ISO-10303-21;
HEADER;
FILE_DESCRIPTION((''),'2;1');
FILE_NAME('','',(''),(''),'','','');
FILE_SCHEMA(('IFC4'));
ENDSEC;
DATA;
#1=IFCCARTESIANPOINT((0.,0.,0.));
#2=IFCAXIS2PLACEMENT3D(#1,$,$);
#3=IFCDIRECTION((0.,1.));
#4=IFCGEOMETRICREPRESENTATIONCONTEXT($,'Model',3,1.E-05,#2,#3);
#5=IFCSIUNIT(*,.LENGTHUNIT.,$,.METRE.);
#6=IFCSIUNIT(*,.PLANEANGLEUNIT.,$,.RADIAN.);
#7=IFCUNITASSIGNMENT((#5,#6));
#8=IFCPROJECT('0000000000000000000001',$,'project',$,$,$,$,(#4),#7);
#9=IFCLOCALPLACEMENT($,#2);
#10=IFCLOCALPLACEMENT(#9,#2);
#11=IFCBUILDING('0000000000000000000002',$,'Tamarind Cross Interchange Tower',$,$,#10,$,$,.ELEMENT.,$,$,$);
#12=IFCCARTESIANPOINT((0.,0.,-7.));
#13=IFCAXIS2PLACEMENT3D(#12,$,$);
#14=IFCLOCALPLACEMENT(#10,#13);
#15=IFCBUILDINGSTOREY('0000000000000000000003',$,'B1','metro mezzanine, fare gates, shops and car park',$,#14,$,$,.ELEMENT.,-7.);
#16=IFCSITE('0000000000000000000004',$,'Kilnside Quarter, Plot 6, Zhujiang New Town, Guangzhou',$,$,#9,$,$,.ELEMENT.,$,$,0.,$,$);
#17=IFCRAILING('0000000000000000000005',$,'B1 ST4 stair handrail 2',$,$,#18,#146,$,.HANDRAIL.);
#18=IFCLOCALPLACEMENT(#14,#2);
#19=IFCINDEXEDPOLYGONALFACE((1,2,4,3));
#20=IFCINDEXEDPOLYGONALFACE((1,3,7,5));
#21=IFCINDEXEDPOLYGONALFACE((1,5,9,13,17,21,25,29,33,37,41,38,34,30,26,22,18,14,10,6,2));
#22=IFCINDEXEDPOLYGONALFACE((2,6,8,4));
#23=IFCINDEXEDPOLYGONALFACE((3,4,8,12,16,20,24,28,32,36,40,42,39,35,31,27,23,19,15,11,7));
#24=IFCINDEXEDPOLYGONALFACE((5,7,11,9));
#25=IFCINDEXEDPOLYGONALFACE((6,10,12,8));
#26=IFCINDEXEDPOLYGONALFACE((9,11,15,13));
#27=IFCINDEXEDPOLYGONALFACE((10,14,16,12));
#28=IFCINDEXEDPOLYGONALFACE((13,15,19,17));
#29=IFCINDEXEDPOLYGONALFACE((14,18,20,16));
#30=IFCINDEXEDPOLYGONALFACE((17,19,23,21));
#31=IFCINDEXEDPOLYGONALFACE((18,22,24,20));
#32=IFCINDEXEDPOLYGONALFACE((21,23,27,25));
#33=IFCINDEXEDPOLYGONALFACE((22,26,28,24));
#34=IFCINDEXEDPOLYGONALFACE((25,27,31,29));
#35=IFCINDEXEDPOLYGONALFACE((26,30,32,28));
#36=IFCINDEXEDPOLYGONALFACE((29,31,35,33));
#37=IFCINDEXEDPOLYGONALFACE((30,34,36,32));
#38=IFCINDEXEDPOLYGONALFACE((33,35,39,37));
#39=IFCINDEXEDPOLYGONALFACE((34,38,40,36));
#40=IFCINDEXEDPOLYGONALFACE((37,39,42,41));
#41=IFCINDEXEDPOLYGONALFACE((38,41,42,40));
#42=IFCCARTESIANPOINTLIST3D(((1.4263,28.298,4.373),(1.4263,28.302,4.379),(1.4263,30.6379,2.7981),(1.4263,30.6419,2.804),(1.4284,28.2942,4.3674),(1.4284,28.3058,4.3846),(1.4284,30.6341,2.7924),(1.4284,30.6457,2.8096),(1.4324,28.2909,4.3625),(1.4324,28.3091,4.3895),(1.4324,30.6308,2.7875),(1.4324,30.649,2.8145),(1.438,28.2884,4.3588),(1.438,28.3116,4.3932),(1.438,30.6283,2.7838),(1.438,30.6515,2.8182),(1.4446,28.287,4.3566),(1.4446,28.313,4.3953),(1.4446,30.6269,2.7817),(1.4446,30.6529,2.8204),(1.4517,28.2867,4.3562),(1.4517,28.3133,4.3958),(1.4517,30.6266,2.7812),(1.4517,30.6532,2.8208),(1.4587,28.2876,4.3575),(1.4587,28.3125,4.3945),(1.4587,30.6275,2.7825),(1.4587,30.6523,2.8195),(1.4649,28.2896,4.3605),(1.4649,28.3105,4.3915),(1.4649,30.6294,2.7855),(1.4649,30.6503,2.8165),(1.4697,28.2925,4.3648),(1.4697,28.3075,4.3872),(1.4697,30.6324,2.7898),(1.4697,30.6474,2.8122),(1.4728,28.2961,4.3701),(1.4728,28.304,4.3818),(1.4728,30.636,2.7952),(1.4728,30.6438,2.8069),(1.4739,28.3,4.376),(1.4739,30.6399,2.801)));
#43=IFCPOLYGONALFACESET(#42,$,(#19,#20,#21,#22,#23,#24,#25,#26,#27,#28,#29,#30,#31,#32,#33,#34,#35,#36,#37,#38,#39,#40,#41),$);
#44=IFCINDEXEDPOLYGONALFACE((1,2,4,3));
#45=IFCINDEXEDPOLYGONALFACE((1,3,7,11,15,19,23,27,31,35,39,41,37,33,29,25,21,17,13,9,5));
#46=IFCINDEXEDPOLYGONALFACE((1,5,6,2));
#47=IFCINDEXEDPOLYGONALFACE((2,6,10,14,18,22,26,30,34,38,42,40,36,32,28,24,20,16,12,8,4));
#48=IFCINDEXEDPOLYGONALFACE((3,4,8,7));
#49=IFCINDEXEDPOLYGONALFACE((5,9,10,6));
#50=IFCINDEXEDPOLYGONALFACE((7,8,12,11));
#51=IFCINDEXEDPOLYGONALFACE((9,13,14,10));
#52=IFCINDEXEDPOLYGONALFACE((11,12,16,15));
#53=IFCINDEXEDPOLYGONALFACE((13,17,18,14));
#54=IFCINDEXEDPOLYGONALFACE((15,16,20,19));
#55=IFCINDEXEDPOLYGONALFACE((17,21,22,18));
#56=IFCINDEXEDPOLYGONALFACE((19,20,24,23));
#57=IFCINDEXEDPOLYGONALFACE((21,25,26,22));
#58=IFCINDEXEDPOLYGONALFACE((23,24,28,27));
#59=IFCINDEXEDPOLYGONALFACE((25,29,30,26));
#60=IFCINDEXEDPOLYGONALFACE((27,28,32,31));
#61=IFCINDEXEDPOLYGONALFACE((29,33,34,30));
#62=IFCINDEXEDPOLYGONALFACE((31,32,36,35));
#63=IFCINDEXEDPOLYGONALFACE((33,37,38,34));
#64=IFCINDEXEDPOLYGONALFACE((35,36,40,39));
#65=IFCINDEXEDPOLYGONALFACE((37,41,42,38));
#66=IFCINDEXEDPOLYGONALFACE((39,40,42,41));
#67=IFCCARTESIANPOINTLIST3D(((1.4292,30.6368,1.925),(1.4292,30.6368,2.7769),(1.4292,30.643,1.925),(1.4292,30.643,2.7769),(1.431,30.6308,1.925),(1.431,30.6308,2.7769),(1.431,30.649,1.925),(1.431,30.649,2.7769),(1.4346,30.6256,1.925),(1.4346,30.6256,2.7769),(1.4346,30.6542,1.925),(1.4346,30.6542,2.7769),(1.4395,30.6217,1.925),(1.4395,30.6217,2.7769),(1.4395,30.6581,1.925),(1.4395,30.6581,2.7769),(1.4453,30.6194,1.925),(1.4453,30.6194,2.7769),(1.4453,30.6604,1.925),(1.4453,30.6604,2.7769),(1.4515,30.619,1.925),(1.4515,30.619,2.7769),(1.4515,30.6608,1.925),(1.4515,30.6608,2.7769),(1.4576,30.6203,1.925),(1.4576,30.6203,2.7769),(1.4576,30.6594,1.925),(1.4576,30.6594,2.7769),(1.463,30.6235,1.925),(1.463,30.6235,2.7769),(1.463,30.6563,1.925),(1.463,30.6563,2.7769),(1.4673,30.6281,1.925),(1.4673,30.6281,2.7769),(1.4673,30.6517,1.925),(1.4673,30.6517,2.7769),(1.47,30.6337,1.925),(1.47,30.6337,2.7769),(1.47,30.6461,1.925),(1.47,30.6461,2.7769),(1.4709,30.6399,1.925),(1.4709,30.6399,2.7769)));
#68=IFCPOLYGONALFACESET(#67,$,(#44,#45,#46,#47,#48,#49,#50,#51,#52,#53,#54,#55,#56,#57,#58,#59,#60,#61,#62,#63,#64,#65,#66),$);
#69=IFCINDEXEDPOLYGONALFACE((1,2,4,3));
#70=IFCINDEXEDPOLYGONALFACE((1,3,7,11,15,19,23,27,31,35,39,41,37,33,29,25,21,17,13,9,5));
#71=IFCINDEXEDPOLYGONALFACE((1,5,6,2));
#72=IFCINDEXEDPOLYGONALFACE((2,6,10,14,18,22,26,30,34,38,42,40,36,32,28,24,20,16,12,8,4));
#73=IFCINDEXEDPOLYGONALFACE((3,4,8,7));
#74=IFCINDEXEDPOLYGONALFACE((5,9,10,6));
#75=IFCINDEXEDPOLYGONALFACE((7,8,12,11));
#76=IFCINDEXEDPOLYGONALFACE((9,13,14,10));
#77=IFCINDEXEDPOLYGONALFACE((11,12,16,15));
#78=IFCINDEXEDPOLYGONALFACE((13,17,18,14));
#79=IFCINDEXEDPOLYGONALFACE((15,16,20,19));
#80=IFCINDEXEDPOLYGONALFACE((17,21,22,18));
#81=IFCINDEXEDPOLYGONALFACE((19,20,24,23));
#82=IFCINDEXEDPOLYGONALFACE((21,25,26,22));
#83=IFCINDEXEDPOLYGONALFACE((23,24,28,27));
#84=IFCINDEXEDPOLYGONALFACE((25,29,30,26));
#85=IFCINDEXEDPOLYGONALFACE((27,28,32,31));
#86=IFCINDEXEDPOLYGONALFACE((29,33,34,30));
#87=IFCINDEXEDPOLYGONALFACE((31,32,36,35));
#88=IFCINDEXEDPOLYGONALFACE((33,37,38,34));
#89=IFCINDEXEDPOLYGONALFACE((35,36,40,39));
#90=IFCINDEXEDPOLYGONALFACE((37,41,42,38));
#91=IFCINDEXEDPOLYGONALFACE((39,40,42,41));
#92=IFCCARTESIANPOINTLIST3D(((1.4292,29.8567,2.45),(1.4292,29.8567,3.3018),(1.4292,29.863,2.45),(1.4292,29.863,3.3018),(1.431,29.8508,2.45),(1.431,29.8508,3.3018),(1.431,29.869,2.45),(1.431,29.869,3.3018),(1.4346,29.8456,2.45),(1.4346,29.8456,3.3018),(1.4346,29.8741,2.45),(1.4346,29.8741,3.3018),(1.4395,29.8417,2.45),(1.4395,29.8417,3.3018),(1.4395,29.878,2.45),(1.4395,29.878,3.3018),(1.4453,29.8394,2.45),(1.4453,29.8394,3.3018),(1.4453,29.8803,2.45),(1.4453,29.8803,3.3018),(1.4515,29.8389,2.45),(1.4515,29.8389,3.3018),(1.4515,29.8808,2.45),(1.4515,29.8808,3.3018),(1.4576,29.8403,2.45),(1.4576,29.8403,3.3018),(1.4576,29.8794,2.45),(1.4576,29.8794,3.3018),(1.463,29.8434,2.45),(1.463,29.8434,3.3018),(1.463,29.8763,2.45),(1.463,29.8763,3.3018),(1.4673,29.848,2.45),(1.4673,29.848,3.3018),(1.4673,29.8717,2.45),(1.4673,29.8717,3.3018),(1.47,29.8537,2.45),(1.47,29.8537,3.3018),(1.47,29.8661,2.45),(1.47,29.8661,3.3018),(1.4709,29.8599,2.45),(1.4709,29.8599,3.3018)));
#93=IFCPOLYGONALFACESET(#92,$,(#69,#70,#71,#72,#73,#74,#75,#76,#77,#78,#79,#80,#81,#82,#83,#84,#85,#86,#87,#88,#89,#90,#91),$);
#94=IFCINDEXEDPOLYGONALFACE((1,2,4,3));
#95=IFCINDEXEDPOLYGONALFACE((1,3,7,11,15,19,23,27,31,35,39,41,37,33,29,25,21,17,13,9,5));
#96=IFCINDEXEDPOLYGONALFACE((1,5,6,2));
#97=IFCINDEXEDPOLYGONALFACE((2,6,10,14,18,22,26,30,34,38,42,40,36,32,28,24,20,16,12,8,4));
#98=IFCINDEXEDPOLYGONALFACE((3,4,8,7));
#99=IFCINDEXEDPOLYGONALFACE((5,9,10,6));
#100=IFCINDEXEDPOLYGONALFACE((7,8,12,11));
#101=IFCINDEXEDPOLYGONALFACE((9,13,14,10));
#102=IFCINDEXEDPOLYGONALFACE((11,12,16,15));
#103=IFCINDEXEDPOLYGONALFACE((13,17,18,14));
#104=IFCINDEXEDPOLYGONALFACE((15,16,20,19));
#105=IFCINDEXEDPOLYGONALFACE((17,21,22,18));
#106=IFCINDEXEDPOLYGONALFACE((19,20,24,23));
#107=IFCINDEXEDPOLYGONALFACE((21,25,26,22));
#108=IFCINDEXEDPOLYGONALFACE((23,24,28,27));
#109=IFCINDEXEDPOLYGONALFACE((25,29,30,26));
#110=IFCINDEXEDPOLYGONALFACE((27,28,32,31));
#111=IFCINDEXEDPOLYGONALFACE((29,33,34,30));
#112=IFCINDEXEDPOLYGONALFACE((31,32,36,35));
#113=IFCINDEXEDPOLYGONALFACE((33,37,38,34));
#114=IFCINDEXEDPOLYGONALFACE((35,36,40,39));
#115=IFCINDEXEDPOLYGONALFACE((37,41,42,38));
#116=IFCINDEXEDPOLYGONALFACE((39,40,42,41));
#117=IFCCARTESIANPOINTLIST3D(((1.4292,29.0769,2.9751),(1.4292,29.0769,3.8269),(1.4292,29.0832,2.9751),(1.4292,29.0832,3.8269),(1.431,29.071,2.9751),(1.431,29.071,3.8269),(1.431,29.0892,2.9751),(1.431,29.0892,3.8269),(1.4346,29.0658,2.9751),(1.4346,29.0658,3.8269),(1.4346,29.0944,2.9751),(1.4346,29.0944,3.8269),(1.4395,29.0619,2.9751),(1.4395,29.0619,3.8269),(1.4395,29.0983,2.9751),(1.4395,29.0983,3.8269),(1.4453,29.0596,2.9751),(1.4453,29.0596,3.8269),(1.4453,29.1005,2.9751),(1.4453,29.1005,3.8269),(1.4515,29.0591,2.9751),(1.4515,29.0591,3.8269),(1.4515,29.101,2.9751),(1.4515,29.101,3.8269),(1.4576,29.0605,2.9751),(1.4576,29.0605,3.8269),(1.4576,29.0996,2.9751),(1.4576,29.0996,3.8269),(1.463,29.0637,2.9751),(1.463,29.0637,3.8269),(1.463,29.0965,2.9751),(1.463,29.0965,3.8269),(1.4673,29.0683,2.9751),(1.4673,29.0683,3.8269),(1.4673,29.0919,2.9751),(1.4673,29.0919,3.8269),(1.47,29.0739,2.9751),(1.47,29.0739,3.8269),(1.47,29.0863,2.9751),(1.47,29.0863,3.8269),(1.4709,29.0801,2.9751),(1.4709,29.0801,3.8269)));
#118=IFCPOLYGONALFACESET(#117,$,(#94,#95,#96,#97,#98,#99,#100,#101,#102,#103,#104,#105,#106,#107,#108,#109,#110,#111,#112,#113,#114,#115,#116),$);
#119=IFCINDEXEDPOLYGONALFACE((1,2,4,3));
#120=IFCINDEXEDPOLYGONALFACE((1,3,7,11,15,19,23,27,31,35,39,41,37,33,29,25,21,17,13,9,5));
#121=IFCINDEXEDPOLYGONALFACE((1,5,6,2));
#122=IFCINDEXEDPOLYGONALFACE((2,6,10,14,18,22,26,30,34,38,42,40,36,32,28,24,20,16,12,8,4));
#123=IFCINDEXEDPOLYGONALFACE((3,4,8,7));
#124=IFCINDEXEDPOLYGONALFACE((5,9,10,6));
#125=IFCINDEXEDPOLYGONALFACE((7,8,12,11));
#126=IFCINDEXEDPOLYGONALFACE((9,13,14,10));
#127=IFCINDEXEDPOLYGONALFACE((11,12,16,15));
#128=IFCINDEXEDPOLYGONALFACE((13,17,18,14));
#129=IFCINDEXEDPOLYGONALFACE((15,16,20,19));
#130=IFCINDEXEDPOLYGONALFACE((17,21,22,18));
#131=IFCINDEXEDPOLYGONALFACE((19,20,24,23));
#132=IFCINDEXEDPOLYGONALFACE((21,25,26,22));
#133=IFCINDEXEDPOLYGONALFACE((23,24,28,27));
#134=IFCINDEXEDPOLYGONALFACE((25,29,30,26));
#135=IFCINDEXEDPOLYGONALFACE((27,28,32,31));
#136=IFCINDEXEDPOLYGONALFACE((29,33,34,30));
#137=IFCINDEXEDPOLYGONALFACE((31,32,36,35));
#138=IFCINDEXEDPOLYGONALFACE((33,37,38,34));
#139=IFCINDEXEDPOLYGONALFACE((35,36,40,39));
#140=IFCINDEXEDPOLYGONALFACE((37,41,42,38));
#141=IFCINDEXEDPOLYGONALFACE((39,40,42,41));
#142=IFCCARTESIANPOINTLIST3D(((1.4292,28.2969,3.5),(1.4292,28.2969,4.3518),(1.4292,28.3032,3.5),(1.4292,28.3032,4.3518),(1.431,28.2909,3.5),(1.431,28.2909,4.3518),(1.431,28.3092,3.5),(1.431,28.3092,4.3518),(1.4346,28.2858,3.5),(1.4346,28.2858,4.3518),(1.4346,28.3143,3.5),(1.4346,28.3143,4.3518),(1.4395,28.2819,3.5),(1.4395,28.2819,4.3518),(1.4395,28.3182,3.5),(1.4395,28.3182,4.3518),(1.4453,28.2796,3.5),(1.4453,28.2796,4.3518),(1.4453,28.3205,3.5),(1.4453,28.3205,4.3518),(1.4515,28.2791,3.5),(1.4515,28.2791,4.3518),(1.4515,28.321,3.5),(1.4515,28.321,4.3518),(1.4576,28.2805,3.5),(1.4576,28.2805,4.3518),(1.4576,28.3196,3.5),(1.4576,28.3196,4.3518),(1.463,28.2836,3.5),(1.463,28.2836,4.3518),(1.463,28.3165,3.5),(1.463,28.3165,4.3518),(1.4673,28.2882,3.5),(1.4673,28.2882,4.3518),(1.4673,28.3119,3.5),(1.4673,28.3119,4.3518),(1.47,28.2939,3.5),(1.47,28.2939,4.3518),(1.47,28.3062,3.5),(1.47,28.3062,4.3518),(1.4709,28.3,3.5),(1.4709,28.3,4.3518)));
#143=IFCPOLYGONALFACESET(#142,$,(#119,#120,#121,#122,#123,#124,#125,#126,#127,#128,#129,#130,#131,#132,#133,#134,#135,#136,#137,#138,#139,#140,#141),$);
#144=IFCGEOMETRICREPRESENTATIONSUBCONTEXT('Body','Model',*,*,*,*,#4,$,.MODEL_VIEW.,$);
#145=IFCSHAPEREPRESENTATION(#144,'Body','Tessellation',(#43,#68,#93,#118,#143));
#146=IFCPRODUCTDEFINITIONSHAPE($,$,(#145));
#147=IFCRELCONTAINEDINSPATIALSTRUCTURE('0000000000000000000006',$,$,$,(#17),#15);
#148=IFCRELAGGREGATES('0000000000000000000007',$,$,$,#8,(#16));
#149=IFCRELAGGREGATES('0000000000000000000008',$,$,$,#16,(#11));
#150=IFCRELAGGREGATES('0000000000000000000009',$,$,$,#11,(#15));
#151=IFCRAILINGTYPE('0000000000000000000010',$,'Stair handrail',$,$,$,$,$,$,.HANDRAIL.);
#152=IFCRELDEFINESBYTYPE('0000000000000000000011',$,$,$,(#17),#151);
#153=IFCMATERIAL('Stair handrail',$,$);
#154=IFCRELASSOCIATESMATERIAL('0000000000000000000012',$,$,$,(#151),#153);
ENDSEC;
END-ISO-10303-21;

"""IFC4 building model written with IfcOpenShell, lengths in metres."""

from ifc_helpers import new_model, si_unit, direction, frame, origin, origin_2d, place, context, subcontext, project, spatial, circle, extrude, material, type_object, element, save


model = new_model("IFC4")

# Units and contexts
model_context = context("Model", 3, precision=1e-05, world=origin(), true_north=direction((0.0, 1.0)))
body_context = subcontext(model_context, "Body", "Model", "MODEL_VIEW")
ifc_project = project(units=[si_unit("LENGTHUNIT", "METRE"), si_unit("PLANEANGLEUNIT", "RADIAN")], contexts=[model_context])

# Site, building, storey
site_placement = place(None, origin())
site = spatial("IfcSite", under=ifc_project, at=site_placement, Name="Kilnside Quarter, Plot 6, Zhujiang New Town, Guangzhou", CompositionType="ELEMENT", RefElevation=0.0)
building_placement = place(site_placement, origin())
building = spatial("IfcBuilding", under=site, at=building_placement, Name="Tamarind Cross Interchange Tower", CompositionType="ELEMENT")
storey_placement = place(building_placement, frame((0.0, 0.0, -7.0)))
storey = spatial("IfcBuildingStorey", under=building, at=storey_placement, Name="B1", Description="metro mezzanine, fare gates, shops and car park", CompositionType="ELEMENT", Elevation=-7.0)

# Railing
ifc_material_1 = material(Name="Stair handrail")
railing_type_1 = type_object("IfcRailingType", Name="Stair handrail", PredefinedType="HANDRAIL", material=ifc_material_1)
railing_1_placement = place(storey_placement, frame((1.45, 30.6399, 1.925)))
element("IfcRailing", 1, at=railing_1_placement, inside=storey, type_object=railing_type_1, Name="B1 ST4 stair handrail 2", PredefinedType="HANDRAIL", context=body_context, shape_type="SweptSolid", body=[
    extrude(circle(Radius=0.0239, at=origin_2d()), frame((0.0, 0.0, 0.876), z_axis=(0.0, -0.829578, 0.55839), x_axis=(1.0, 0.0, 0.0)), (0.0, 0.0, 1.0), 2.8206),
    extrude(circle(Radius=0.021, at=origin_2d()), origin(), (0.0, 0.0, 1.0), 0.8518),
    extrude(circle(Radius=0.021, at=origin_2d()), frame((0.0, -0.78, 0.5249)), (0.0, 0.0, 1.0), 0.8518),
    extrude(circle(Radius=0.021, at=origin_2d()), frame((0.0, -1.5598, 1.05)), (0.0, 0.0, 1.0), 0.8518),
    extrude(circle(Radius=0.021, at=origin_2d()), frame((0.0, -2.3398, 1.575)), (0.0, 0.0, 1.0), 0.8518),
])

save(model, "model.ifc")
